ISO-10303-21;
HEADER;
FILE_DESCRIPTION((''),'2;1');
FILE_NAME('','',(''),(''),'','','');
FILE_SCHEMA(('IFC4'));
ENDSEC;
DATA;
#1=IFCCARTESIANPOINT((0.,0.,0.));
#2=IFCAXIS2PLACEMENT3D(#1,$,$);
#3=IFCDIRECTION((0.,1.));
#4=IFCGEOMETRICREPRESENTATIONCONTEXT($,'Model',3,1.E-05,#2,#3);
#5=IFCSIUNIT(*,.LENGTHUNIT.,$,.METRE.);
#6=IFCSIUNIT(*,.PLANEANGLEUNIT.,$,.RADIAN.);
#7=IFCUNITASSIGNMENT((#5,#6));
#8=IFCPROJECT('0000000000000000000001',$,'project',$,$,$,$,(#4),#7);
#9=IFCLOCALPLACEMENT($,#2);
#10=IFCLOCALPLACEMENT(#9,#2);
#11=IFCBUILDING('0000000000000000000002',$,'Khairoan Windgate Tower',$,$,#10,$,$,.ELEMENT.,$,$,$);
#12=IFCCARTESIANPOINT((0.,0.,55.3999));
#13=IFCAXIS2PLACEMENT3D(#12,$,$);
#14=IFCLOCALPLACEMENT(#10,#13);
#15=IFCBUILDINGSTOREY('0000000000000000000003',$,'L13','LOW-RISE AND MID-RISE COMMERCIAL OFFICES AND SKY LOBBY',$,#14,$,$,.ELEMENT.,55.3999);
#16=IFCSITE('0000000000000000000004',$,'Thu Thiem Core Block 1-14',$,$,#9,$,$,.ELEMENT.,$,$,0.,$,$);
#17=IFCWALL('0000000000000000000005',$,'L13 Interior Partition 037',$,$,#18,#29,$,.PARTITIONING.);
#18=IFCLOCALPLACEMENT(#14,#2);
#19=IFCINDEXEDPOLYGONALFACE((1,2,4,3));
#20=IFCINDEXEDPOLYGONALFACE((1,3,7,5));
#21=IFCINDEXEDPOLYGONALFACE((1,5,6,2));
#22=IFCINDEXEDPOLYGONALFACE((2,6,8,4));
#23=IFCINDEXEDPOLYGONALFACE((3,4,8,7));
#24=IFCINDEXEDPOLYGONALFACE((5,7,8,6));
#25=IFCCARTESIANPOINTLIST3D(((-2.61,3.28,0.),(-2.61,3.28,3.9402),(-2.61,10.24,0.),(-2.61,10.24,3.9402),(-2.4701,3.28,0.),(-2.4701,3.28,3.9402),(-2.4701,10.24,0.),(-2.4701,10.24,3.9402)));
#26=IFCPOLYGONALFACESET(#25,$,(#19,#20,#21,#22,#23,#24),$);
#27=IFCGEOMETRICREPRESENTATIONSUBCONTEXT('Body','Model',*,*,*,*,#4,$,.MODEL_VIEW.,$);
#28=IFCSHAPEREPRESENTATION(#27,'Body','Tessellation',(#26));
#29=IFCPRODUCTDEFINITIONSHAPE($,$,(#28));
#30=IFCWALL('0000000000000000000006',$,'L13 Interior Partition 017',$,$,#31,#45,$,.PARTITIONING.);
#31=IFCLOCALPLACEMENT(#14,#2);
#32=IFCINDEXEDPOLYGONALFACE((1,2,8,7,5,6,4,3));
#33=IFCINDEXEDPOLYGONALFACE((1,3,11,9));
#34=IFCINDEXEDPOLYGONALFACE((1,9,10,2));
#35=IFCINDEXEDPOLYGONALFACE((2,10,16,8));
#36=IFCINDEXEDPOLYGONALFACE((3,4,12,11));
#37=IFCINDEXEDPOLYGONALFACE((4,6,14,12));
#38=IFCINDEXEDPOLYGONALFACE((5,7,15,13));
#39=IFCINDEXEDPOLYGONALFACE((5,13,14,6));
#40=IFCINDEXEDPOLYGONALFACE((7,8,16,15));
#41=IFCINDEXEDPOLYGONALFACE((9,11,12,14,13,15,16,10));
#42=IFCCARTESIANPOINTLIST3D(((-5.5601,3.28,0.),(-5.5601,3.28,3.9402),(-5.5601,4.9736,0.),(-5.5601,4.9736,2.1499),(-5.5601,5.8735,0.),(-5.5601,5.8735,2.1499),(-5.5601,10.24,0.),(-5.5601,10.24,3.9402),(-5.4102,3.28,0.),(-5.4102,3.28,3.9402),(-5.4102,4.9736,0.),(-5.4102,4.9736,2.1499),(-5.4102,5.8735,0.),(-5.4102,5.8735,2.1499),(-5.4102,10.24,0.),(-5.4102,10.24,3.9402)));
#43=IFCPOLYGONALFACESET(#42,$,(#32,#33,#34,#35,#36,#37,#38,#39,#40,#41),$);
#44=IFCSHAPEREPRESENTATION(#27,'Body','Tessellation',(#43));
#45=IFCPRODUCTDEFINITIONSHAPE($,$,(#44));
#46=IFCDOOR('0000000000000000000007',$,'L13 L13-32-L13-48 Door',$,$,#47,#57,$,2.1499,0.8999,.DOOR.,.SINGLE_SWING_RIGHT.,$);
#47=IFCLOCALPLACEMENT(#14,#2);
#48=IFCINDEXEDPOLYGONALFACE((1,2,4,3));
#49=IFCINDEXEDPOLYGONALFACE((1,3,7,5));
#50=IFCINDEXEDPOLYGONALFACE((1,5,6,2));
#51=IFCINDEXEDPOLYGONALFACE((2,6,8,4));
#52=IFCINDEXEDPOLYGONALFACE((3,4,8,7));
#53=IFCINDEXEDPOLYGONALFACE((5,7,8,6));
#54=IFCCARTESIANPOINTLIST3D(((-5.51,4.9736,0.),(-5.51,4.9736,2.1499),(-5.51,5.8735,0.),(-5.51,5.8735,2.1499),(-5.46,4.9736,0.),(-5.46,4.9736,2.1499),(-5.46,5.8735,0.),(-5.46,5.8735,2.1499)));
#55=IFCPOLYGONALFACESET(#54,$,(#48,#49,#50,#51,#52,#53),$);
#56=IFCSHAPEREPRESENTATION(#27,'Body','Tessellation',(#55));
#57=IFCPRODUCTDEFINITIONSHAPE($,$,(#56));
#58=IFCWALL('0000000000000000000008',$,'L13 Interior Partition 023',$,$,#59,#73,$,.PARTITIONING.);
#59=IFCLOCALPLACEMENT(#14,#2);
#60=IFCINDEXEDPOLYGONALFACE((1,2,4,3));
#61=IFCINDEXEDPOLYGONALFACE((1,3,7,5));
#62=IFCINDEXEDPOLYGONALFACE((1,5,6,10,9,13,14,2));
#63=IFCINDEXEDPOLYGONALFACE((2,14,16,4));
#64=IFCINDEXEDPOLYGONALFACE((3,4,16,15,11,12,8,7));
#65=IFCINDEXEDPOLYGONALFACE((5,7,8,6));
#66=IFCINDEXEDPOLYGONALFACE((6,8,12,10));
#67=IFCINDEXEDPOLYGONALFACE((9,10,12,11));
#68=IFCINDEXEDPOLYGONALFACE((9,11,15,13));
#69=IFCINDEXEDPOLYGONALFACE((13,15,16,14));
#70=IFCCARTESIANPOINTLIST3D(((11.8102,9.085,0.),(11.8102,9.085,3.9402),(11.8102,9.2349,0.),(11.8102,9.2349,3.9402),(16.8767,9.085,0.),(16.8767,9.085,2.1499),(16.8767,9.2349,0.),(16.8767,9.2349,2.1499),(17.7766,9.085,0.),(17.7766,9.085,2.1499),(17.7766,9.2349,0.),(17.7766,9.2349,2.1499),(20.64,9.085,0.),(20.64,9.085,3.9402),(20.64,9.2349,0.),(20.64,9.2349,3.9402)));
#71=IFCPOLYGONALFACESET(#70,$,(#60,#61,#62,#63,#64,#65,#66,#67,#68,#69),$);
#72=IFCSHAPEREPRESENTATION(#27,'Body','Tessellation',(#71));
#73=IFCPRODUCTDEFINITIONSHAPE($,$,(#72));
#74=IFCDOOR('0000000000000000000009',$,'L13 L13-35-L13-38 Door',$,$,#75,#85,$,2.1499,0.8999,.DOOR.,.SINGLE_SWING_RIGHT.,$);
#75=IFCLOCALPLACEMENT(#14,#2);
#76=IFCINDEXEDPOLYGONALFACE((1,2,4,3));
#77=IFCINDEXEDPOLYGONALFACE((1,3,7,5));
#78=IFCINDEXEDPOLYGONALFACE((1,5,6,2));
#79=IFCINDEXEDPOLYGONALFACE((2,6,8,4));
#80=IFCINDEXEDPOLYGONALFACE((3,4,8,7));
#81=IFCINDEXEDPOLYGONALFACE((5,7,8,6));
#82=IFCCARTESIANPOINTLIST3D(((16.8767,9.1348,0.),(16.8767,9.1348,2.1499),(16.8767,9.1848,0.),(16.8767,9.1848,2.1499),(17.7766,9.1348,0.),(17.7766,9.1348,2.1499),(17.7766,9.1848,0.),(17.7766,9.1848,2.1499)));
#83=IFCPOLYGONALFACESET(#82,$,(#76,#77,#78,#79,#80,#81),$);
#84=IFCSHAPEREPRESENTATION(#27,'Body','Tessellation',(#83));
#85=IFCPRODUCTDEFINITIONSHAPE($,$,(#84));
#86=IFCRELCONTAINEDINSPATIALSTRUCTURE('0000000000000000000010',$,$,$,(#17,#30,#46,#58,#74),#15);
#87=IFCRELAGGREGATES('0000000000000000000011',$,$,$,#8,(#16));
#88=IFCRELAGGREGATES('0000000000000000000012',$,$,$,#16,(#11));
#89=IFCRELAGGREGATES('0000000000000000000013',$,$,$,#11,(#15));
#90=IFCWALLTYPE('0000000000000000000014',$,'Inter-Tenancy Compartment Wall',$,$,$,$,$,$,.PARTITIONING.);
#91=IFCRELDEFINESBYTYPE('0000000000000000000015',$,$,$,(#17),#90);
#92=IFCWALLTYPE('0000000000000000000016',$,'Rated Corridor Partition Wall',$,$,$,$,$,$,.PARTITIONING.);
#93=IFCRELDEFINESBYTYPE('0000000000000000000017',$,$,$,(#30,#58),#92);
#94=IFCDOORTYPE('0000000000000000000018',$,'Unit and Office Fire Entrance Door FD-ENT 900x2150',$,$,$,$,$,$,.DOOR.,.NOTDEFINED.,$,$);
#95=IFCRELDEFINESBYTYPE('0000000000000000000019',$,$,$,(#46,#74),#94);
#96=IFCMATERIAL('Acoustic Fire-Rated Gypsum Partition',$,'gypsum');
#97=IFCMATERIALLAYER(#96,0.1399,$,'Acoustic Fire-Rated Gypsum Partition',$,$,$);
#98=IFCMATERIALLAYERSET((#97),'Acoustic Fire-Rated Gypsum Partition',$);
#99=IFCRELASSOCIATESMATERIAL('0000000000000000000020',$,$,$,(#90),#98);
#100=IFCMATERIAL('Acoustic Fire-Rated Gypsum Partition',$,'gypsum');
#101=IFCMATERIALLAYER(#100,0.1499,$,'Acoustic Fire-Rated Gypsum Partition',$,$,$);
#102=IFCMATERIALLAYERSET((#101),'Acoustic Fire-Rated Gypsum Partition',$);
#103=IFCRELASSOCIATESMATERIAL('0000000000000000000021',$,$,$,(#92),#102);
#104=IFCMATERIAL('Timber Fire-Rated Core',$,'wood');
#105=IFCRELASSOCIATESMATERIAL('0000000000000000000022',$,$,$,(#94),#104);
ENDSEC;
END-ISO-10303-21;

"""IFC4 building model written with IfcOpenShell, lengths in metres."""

from ifc_helpers import new_model, si_unit, direction, frame, frame_2d, origin, place, context, subcontext, project, spatial, rectangle, extrude, material, layer, layer_set, type_object, element, fill, save


model = new_model("IFC4")

# Units and contexts
model_context = context("Model", 3, precision=1e-05, world=origin(), true_north=direction((0.0, 1.0)))
body_context = subcontext(model_context, "Body", "Model", "MODEL_VIEW")
ifc_project = project(units=[si_unit("LENGTHUNIT", "METRE"), si_unit("PLANEANGLEUNIT", "RADIAN")], contexts=[model_context])

# Site, building, storey
site_placement = place(None, origin())
site = spatial("IfcSite", under=ifc_project, at=site_placement, Name="Thu Thiem Core Block 1-14", CompositionType="ELEMENT", RefElevation=0.0)
building_placement = place(site_placement, origin())
building = spatial("IfcBuilding", under=site, at=building_placement, Name="Khairoan Windgate Tower", CompositionType="ELEMENT")
storey_placement = place(building_placement, frame((0.0, 0.0, 55.3999)))
storey = spatial("IfcBuildingStorey", under=building, at=storey_placement, Name="L13", Description="LOW-RISE AND MID-RISE COMMERCIAL OFFICES AND SKY LOBBY", CompositionType="ELEMENT", Elevation=55.3999)

# Wall
ifc_material_1 = material(Name="Acoustic Fire-Rated Gypsum Partition", Category="gypsum")
ifc_layer_1 = layer(ifc_material_1, 0.1399, Name="Acoustic Fire-Rated Gypsum Partition")
ifc_layer_set_1 = layer_set([ifc_layer_1], Name="Acoustic Fire-Rated Gypsum Partition")
wall_type_1 = type_object("IfcWallType", Name="Inter-Tenancy Compartment Wall", PredefinedType="PARTITIONING", material=ifc_layer_set_1)
wall_1_placement = place(storey_placement, frame((-2.54, 3.28, 0.0), z_axis=(0.0, 0.0, 1.0), x_axis=(0.0, 1.0, 0.0)))
element("IfcWall", 1, at=wall_1_placement, inside=storey, type_object=wall_type_1, Name="L13 Interior Partition 037", PredefinedType="PARTITIONING", context=body_context, shape_type="SweptSolid", body=[
    extrude(rectangle(XDim=6.96, YDim=0.1399, at=frame_2d((3.48, 0.0))), origin(), (0.0, 0.0, 1.0), 3.9402),
])

# Walls, openings, doors
ifc_material_2 = material(Name="Acoustic Fire-Rated Gypsum Partition", Category="gypsum")
ifc_layer_2 = layer(ifc_material_2, 0.1499, Name="Acoustic Fire-Rated Gypsum Partition")
ifc_layer_set_2 = layer_set([ifc_layer_2], Name="Acoustic Fire-Rated Gypsum Partition")
wall_type_2 = type_object("IfcWallType", Name="Rated Corridor Partition Wall", PredefinedType="PARTITIONING", material=ifc_layer_set_2)
wall_2_placement = place(storey_placement, frame((-5.4851, 3.28, 0.0), z_axis=(0.0, 0.0, 1.0), x_axis=(0.0, 1.0, 0.0)))
wall_2 = element("IfcWall", 2, at=wall_2_placement, inside=storey, type_object=wall_type_2, Name="L13 Interior Partition 017", PredefinedType="PARTITIONING", context=body_context, shape_type="SweptSolid", body=[
    extrude(rectangle(XDim=6.96, YDim=0.1499, at=frame_2d((3.48, 0.0))), origin(), (0.0, 0.0, 1.0), 3.9402),
])
opening_1_placement = place(wall_2_placement, frame((1.6936, 0.0, 0.0)))
opening_1 = element("IfcOpeningElement", 3, at=opening_1_placement, cuts=wall_2, PredefinedType="OPENING", context=body_context, shape_type="SweptSolid", body=[
    extrude(rectangle(XDim=0.8999, YDim=2.1499, at=frame_2d((0.45, 1.075))), frame((0.0, 0.085, 0.0), z_axis=(0.0, -1.0, 0.0), x_axis=(1.0, 0.0, 0.0)), (0.0, 0.0, 1.0), 0.1699),
])
ifc_material_3 = material(Name="Timber Fire-Rated Core", Category="wood")
door_type = type_object("IfcDoorType", Name="Unit and Office Fire Entrance Door FD-ENT 900x2150", OperationType="NOTDEFINED", PredefinedType="DOOR", material=ifc_material_3)
door_1_placement = place(opening_1_placement, origin())
door_1 = element("IfcDoor", 4, at=door_1_placement, inside=storey, type_object=door_type, Name="L13 L13-32-L13-48 Door", OperationType="SINGLE_SWING_RIGHT", OverallHeight=2.1499, OverallWidth=0.8999, PredefinedType="DOOR", context=body_context, shape_type="SweptSolid", body=[
    extrude(rectangle(XDim=0.8999, YDim=2.1499, at=frame_2d((0.45, 1.075))), frame((0.0, 0.0249, 0.0), z_axis=(0.0, -1.0, 0.0), x_axis=(1.0, 0.0, 0.0)), (0.0, 0.0, 1.0), 0.05),
])
fill(opening_1, door_1)
wall_3_placement = place(storey_placement, frame((11.8101, 9.1599, 0.0), z_axis=(0.0, 0.0, 1.0), x_axis=(1.0, 0.0, 0.0)))
wall_3 = element("IfcWall", 5, at=wall_3_placement, inside=storey, type_object=wall_type_2, Name="L13 Interior Partition 023", PredefinedType="PARTITIONING", context=body_context, shape_type="SweptSolid", body=[
    extrude(rectangle(XDim=8.8298, YDim=0.1499, at=frame_2d((4.415, 0.0))), origin(), (0.0, 0.0, 1.0), 3.9402),
])
opening_2_placement = place(wall_3_placement, frame((5.0667, 0.0, 0.0)))
opening_2 = element("IfcOpeningElement", 6, at=opening_2_placement, cuts=wall_3, PredefinedType="OPENING", context=body_context, shape_type="SweptSolid", body=[
    extrude(rectangle(XDim=0.8999, YDim=2.1499, at=frame_2d((0.45, 1.075))), frame((0.0, 0.085, 0.0), z_axis=(0.0, -1.0, 0.0), x_axis=(1.0, 0.0, 0.0)), (0.0, 0.0, 1.0), 0.1699),
])
door_2_placement = place(opening_2_placement, origin())
door_2 = element("IfcDoor", 7, at=door_2_placement, inside=storey, type_object=door_type, Name="L13 L13-35-L13-38 Door", OperationType="SINGLE_SWING_RIGHT", OverallHeight=2.1499, OverallWidth=0.8999, PredefinedType="DOOR", context=body_context, shape_type="SweptSolid", body=[
    extrude(rectangle(XDim=0.8999, YDim=2.1499, at=frame_2d((0.45, 1.075))), frame((0.0, 0.0249, 0.0), z_axis=(0.0, -1.0, 0.0), x_axis=(1.0, 0.0, 0.0)), (0.0, 0.0, 1.0), 0.05),
])
fill(opening_2, door_2)

save(model, "model.ifc")
